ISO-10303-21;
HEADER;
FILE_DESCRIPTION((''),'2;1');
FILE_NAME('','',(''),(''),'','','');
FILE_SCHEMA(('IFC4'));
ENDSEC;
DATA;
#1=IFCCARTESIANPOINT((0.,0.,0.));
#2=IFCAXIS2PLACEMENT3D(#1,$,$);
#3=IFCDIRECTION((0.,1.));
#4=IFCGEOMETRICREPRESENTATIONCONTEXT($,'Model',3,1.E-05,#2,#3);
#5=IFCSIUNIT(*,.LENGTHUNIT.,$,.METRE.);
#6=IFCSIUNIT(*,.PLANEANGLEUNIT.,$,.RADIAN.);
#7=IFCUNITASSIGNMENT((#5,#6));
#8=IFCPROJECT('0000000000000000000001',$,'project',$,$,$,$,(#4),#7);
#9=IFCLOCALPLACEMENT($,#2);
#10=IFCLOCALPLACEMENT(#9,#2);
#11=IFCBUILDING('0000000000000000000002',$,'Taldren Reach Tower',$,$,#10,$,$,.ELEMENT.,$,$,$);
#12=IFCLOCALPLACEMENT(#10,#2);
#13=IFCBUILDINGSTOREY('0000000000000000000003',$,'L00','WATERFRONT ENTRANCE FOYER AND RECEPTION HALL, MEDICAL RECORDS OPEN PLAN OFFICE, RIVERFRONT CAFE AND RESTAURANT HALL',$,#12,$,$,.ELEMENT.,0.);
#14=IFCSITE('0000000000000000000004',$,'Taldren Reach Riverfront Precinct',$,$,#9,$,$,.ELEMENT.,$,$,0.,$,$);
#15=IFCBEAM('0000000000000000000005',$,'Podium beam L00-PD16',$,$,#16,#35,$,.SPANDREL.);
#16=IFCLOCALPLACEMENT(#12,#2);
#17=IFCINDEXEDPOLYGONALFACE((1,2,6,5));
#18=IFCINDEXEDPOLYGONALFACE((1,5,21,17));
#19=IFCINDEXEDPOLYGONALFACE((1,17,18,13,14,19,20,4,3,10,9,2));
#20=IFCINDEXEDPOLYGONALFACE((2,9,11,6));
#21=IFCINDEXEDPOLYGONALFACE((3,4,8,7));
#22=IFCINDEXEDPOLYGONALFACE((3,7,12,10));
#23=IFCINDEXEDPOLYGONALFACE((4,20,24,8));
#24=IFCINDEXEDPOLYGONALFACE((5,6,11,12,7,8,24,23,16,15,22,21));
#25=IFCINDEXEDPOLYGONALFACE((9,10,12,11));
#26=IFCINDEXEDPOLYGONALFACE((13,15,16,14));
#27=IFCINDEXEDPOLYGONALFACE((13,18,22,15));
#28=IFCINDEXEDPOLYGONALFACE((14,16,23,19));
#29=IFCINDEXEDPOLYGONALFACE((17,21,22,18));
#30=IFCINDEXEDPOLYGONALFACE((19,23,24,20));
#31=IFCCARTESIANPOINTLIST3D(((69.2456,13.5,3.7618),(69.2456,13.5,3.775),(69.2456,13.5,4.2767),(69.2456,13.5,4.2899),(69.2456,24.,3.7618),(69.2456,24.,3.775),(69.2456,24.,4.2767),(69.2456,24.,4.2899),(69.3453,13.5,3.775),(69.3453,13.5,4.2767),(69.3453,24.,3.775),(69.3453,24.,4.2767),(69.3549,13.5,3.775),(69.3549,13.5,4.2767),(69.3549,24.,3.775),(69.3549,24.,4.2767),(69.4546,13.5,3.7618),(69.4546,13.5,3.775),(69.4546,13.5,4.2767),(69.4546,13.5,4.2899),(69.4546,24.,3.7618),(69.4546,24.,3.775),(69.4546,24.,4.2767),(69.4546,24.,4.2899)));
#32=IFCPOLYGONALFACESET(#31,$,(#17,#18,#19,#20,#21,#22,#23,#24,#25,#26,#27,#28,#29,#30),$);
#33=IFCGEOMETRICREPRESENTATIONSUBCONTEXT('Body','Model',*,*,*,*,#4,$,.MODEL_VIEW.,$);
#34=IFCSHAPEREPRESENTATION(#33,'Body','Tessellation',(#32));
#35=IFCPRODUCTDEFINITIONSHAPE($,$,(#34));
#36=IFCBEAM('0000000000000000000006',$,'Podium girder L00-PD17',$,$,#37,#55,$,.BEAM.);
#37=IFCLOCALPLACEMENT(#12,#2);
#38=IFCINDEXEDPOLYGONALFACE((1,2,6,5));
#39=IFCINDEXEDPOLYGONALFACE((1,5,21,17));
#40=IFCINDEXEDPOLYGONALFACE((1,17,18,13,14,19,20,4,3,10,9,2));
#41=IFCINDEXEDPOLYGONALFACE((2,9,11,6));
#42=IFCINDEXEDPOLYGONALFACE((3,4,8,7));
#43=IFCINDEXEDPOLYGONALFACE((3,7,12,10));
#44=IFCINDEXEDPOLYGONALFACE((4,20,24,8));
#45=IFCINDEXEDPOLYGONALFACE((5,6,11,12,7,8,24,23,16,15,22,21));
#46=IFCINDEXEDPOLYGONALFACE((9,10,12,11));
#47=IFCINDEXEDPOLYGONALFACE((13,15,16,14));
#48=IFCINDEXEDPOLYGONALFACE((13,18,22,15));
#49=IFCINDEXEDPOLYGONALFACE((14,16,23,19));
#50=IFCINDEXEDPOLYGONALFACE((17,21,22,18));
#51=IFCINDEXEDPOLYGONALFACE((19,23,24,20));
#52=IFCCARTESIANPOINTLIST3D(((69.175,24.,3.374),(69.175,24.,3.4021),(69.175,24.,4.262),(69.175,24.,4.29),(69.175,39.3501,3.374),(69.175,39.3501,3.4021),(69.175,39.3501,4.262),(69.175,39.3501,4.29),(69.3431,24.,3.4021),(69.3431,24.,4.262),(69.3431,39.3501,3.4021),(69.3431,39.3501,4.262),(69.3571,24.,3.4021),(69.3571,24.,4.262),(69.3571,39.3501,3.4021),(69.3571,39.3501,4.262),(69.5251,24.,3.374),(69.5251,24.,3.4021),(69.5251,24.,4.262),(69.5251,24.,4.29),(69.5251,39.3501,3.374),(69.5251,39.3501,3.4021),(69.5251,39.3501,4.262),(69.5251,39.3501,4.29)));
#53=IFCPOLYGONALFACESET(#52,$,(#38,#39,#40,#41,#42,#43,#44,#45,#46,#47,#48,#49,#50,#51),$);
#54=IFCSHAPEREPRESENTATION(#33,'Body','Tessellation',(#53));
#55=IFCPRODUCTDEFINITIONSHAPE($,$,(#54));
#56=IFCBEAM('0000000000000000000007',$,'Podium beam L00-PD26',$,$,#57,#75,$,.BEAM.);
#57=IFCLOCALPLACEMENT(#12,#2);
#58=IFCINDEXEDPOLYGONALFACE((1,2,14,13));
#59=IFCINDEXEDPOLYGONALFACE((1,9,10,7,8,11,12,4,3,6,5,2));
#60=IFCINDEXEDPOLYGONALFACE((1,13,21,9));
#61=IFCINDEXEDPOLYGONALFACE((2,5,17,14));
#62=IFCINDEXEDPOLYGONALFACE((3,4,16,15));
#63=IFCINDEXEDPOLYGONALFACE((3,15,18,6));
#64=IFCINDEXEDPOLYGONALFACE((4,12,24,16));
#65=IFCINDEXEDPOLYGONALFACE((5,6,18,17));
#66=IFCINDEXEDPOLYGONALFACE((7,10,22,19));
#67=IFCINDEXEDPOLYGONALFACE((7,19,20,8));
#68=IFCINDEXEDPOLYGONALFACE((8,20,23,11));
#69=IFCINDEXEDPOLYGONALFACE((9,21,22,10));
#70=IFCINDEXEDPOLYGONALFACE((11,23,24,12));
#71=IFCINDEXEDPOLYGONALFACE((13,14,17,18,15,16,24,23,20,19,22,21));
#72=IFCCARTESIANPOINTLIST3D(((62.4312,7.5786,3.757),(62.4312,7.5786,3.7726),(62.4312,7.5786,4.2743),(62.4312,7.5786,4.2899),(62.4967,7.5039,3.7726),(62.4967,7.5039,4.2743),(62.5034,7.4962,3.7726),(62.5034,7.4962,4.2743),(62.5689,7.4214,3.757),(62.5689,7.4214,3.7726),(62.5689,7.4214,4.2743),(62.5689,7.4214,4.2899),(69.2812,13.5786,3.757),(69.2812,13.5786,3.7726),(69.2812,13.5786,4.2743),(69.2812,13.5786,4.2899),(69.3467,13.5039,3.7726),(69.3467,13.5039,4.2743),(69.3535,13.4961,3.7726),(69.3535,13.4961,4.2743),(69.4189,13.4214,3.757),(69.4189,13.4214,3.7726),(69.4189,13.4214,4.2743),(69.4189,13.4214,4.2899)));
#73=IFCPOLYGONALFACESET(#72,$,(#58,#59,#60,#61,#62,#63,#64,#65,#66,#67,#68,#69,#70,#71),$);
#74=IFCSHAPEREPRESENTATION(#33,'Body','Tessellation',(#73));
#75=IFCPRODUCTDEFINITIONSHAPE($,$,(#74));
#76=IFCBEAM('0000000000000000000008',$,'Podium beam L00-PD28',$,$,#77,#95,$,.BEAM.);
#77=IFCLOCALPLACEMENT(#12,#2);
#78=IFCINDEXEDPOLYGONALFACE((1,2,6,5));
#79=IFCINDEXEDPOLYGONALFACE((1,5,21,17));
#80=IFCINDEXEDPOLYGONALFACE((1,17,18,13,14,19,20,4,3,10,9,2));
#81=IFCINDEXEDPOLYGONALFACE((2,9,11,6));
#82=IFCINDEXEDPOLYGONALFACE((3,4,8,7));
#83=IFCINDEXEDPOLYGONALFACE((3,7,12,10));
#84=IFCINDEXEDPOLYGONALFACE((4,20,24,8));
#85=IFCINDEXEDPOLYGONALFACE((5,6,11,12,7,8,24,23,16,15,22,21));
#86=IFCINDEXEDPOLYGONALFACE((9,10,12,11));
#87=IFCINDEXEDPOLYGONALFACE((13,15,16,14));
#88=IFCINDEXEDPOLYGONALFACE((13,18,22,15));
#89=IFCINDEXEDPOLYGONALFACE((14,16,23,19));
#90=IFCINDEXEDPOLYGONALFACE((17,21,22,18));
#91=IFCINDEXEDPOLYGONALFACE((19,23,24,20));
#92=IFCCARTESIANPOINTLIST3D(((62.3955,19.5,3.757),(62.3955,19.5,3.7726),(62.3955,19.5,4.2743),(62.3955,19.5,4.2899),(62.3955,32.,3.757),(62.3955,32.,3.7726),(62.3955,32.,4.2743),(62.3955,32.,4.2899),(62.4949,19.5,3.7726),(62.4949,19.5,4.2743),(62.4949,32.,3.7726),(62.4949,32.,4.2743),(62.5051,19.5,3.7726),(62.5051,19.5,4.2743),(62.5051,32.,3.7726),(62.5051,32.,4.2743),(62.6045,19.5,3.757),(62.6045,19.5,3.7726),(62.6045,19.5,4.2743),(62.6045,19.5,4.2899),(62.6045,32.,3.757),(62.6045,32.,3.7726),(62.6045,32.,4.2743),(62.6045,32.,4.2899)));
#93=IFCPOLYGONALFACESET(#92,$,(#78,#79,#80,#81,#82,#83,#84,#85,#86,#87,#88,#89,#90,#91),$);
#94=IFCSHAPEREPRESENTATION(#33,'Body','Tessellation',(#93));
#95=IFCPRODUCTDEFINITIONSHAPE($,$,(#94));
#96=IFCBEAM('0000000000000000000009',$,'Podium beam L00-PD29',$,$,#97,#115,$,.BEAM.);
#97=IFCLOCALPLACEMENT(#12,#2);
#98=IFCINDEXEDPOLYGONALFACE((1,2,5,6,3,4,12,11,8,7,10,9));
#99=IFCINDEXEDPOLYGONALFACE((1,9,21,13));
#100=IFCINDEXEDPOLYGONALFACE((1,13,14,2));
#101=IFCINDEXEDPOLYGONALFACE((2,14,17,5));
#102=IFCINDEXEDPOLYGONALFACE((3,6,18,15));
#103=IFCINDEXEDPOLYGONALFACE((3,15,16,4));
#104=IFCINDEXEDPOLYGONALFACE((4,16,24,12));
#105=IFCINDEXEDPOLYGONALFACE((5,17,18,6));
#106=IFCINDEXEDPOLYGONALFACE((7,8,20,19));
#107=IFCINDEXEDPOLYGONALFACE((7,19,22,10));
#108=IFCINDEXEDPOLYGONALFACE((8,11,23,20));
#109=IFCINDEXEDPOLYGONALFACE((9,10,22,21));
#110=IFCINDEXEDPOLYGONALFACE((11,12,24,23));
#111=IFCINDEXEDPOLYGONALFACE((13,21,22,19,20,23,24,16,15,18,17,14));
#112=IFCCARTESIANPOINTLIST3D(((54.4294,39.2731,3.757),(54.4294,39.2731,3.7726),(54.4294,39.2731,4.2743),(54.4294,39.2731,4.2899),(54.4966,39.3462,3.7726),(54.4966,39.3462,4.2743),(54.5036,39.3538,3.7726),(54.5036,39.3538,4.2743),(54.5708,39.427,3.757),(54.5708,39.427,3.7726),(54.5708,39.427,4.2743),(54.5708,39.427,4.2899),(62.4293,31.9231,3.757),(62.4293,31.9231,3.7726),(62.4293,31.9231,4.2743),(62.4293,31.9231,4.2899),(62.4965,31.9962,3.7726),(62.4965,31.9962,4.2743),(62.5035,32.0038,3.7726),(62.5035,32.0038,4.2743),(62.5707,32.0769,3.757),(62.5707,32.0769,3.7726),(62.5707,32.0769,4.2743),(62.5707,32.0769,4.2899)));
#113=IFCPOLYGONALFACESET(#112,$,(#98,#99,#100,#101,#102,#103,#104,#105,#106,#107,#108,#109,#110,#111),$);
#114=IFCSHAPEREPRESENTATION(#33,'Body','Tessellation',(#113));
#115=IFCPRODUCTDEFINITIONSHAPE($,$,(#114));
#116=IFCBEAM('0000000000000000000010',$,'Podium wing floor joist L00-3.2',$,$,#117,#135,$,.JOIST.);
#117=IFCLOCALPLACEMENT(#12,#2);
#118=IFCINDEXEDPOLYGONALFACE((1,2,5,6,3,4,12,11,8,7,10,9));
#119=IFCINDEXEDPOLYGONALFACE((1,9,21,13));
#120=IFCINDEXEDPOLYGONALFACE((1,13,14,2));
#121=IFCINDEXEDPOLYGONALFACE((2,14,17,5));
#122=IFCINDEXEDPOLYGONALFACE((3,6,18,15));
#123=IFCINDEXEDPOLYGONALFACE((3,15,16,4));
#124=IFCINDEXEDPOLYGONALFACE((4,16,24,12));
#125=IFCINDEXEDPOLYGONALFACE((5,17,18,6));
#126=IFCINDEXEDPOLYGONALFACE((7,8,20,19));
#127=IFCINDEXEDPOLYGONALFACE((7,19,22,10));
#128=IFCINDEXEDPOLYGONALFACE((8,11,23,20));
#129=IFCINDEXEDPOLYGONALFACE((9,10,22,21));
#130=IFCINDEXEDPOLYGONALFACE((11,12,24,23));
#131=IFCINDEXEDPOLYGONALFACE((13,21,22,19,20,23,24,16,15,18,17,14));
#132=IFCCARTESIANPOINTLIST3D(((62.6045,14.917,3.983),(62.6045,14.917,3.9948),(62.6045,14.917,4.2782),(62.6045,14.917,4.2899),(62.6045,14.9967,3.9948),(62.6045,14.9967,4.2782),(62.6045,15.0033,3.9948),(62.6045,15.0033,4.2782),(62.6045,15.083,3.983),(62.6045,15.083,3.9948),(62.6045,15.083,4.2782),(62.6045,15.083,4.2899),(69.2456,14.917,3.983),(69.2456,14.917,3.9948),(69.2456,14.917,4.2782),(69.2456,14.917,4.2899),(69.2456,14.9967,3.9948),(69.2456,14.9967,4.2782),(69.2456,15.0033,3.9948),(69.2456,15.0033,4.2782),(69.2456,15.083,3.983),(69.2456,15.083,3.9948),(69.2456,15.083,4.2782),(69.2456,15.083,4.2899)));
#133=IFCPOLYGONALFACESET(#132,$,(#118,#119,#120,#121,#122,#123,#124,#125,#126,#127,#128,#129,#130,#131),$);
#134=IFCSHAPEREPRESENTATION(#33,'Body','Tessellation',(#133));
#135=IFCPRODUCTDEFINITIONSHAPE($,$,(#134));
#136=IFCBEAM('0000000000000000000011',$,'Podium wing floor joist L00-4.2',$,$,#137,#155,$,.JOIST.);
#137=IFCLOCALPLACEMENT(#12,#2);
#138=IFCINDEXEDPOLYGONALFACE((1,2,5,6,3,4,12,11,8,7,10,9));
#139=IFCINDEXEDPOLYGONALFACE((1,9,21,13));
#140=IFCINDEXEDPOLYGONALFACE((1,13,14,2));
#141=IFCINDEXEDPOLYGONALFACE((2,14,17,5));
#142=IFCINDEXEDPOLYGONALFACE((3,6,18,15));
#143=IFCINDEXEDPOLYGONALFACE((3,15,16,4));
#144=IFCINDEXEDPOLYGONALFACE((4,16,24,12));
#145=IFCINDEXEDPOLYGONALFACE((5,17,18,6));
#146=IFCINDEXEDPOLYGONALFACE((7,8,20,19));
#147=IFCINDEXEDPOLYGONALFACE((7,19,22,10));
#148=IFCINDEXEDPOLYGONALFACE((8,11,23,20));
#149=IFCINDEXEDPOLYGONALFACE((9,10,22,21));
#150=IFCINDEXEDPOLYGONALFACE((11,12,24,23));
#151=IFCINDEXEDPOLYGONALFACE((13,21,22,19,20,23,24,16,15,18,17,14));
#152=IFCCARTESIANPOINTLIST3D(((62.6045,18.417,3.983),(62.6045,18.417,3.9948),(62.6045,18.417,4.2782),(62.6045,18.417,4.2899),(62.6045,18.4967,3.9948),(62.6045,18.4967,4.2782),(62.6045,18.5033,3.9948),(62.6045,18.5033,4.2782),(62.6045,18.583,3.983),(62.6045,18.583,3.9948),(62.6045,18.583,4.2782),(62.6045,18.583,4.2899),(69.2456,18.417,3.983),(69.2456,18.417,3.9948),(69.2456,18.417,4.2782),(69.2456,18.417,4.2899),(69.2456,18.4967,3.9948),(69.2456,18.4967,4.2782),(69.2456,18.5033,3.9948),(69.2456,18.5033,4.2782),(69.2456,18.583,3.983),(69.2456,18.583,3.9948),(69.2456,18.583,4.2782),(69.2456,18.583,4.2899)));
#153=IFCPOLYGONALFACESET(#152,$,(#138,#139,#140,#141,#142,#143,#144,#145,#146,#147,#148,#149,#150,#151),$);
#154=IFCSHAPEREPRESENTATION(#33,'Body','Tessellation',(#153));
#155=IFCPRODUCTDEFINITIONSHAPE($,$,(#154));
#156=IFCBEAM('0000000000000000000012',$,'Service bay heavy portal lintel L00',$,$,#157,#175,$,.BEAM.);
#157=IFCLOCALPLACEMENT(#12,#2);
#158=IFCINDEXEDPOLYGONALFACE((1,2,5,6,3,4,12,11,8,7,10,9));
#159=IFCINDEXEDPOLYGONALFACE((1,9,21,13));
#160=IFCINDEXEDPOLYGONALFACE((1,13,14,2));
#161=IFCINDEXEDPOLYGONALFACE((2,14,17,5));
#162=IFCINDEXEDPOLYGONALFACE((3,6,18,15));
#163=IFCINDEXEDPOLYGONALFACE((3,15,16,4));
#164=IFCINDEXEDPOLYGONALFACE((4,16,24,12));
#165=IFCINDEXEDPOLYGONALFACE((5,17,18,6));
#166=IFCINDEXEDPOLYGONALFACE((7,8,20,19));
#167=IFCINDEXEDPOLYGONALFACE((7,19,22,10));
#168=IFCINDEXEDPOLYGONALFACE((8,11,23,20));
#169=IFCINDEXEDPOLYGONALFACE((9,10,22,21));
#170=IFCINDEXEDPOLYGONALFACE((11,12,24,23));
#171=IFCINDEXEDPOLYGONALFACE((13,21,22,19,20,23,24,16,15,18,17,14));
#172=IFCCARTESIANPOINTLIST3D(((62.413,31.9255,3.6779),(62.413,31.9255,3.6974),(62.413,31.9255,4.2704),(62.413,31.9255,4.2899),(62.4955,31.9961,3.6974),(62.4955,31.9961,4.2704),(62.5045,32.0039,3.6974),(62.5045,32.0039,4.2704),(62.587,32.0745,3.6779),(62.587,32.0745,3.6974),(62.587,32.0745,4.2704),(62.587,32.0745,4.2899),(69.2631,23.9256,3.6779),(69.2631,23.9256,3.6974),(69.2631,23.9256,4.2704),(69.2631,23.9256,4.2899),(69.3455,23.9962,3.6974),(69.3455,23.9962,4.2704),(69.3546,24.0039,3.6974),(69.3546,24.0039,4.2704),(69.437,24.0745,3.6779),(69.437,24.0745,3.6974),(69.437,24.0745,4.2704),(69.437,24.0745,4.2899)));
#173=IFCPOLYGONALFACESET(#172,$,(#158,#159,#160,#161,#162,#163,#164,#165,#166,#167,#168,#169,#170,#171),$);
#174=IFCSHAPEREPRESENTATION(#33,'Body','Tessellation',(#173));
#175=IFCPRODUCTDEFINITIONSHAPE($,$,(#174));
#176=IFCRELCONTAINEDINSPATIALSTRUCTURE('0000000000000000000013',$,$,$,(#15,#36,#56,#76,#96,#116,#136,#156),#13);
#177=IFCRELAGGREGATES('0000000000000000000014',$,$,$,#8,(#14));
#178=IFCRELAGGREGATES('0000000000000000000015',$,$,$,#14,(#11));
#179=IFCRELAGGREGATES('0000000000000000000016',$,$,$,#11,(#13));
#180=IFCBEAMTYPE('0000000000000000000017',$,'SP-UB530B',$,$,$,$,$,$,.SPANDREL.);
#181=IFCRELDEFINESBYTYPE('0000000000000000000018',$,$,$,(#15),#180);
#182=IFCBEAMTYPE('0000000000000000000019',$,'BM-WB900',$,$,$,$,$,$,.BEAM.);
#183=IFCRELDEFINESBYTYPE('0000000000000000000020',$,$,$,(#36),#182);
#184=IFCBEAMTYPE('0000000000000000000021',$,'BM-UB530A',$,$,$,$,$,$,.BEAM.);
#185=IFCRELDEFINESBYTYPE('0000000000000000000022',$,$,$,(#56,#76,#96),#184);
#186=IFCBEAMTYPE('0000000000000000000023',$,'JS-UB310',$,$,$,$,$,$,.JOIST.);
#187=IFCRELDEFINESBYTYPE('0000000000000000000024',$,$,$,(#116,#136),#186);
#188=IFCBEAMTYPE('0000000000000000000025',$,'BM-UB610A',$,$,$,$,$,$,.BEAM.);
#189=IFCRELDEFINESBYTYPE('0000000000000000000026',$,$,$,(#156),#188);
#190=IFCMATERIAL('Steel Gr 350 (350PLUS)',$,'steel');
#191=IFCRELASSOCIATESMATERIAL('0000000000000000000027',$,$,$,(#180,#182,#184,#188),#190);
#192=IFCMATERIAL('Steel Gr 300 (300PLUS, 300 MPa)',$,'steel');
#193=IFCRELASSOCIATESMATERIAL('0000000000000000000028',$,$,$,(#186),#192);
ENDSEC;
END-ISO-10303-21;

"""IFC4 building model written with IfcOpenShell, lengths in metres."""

from ifc_helpers import new_model, si_unit, direction, frame, origin, origin_2d, place, context, subcontext, project, spatial, i_section, extrude, source, transform, mapped, material, material_profile, profile_set, type_object, element, save


model = new_model("IFC4")

# Units and contexts
model_context = context("Model", 3, precision=1e-05, world=origin(), true_north=direction((0.0, 1.0)))
body_context = subcontext(model_context, "Body", "Model", "MODEL_VIEW")
ifc_project = project(units=[si_unit("LENGTHUNIT", "METRE"), si_unit("PLANEANGLEUNIT", "RADIAN")], contexts=[model_context])

# Site, building, storey
site_placement = place(None, origin())
site = spatial("IfcSite", under=ifc_project, at=site_placement, Name="Taldren Reach Riverfront Precinct", CompositionType="ELEMENT", RefElevation=0.0)
building_placement = place(site_placement, origin())
building = spatial("IfcBuilding", under=site, at=building_placement, Name="Taldren Reach Tower", CompositionType="ELEMENT")
storey_placement = place(building_placement, origin())
storey = spatial("IfcBuildingStorey", under=building, at=storey_placement, Name="L00", Description="WATERFRONT ENTRANCE FOYER AND RECEPTION HALL, MEDICAL RECORDS OPEN PLAN OFFICE, RIVERFRONT CAFE AND RESTAURANT HALL", CompositionType="ELEMENT", Elevation=0.0)

# Shared definitions
ifc_material_1 = material(Name="Steel Gr 350 (350PLUS)", Category="steel")

# Beams
ifc_material_profile_1 = material_profile(ifc_material_1, i_section(OverallWidth=0.209, OverallDepth=0.5281, WebThickness=0.0095, FlangeThickness=0.0132, at=origin_2d()), Name="530UB82.0")
ifc_profile_set_1 = profile_set([ifc_material_profile_1], Name="Steel Gr 350 (350PLUS)")
beam_type_1 = type_object("IfcBeamType", Name="SP-UB530B", PredefinedType="SPANDREL", material=ifc_profile_set_1)
shared_shape_1 = source(origin(), body_context, "Body", "SweptSolid", [
    extrude(i_section(OverallWidth=0.209, OverallDepth=0.5281, WebThickness=0.0095, FlangeThickness=0.0132, at=origin_2d()), origin(), (0.0, 0.0, 1.0), 10.5),
])
beam_1_placement = place(storey_placement, frame((69.3501, 13.5, 4.0259), z_axis=(0.0, 1.0, 0.0), x_axis=(-1.0, 0.0, 0.0)))
element("IfcBeam", 1, at=beam_1_placement, inside=storey, type_object=beam_type_1, Name="Podium beam L00-PD16", PredefinedType="SPANDREL", context=body_context, shape_type="MappedRepresentation", body=[
    mapped(shared_shape_1, transform((0.0, 0.0, 0.0), scale=1.0)),
])
ifc_material_profile_2 = material_profile(ifc_material_1, i_section(OverallWidth=0.3501, OverallDepth=0.916, WebThickness=0.0139, FlangeThickness=0.0281, at=origin_2d()), Name="900WB257")
ifc_profile_set_2 = profile_set([ifc_material_profile_2], Name="Steel Gr 350 (350PLUS)")
beam_type_2 = type_object("IfcBeamType", Name="BM-WB900", PredefinedType="BEAM", material=ifc_profile_set_2)
shared_shape_2 = source(origin(), body_context, "Body", "SweptSolid", [
    extrude(i_section(OverallWidth=0.3501, OverallDepth=0.916, WebThickness=0.0139, FlangeThickness=0.0281, at=origin_2d()), origin(), (0.0, 0.0, 1.0), 15.3501),
])
beam_2_placement = place(storey_placement, frame((69.3501, 24.0, 3.832), z_axis=(0.0, 1.0, 0.0), x_axis=(-1.0, 0.0, 0.0)))
element("IfcBeam", 2, at=beam_2_placement, inside=storey, type_object=beam_type_2, Name="Podium girder L00-PD17", PredefinedType="BEAM", context=body_context, shape_type="MappedRepresentation", body=[
    mapped(shared_shape_2, transform((0.0, 0.0, 0.0), scale=1.0)),
])
ifc_material_profile_3 = material_profile(ifc_material_1, i_section(OverallWidth=0.209, OverallDepth=0.533, WebThickness=0.0103, FlangeThickness=0.0156, at=origin_2d()), Name="530UB92.4")
ifc_profile_set_3 = profile_set([ifc_material_profile_3], Name="Steel Gr 350 (350PLUS)")
beam_type_3 = type_object("IfcBeamType", Name="BM-UB530A", PredefinedType="BEAM", material=ifc_profile_set_3)
shared_shape_3 = source(origin(), body_context, "Body", "SweptSolid", [
    extrude(i_section(OverallWidth=0.209, OverallDepth=0.533, WebThickness=0.0103, FlangeThickness=0.0156, at=origin_2d()), origin(), (0.0, 0.0, 1.0), 9.1062),
])
beam_3_placement = place(storey_placement, frame((69.3501, 13.5, 4.0234), z_axis=(-0.752241, -0.658888, 0.0), x_axis=(0.658888, -0.752241, 0.0)))
element("IfcBeam", 3, at=beam_3_placement, inside=storey, type_object=beam_type_3, Name="Podium beam L00-PD26", PredefinedType="BEAM", context=body_context, shape_type="MappedRepresentation", body=[
    mapped(shared_shape_3, transform((0.0, 0.0, 0.0), scale=1.0)),
])
shared_shape_4 = source(origin(), body_context, "Body", "SweptSolid", [
    extrude(i_section(OverallWidth=0.209, OverallDepth=0.533, WebThickness=0.0103, FlangeThickness=0.0156, at=origin_2d()), origin(), (0.0, 0.0, 1.0), 12.5),
])
beam_4_placement = place(storey_placement, frame((62.5, 19.5, 4.0234), z_axis=(0.0, 1.0, 0.0), x_axis=(-1.0, 0.0, 0.0)))
element("IfcBeam", 4, at=beam_4_placement, inside=storey, type_object=beam_type_3, Name="Podium beam L00-PD28", PredefinedType="BEAM", context=body_context, shape_type="MappedRepresentation", body=[
    mapped(shared_shape_4, transform((0.0, 0.0, 0.0), scale=1.0)),
])
shared_shape_5 = source(origin(), body_context, "Body", "SweptSolid", [
    extrude(i_section(OverallWidth=0.209, OverallDepth=0.533, WebThickness=0.0103, FlangeThickness=0.0156, at=origin_2d()), origin(), (0.0, 0.0, 1.0), 10.8638),
])
beam_5_placement = place(storey_placement, frame((62.5, 32.0, 4.0234), z_axis=(-0.736385, 0.676563, 0.0), x_axis=(-0.676563, -0.736385, 0.0)))
element("IfcBeam", 5, at=beam_5_placement, inside=storey, type_object=beam_type_3, Name="Podium beam L00-PD29", PredefinedType="BEAM", context=body_context, shape_type="MappedRepresentation", body=[
    mapped(shared_shape_5, transform((0.0, 0.0, 0.0), scale=1.0)),
])
ifc_material_2 = material(Name="Steel Gr 300 (300PLUS, 300 MPa)", Category="steel")
ifc_material_profile_4 = material_profile(ifc_material_2, i_section(OverallWidth=0.166, OverallDepth=0.3069, WebThickness=0.0066, FlangeThickness=0.0117, at=origin_2d()), Name="310UB46.2")
ifc_profile_set_4 = profile_set([ifc_material_profile_4], Name="Steel Gr 300 (300PLUS, 300 MPa)")
beam_type_4 = type_object("IfcBeamType", Name="JS-UB310", PredefinedType="JOIST", material=ifc_profile_set_4)
shared_shape_6 = source(origin(), body_context, "Body", "SweptSolid", [
    extrude(i_section(OverallWidth=0.166, OverallDepth=0.3069, WebThickness=0.0066, FlangeThickness=0.0117, at=origin_2d()), origin(), (0.0, 0.0, 1.0), 6.6411),
])
for number, where, z_axis, x_axis, name in (
    (6, (62.6045, 15.0, 4.1365), (1.0, 0.0, 0.0), (0.0, 1.0, 0.0), "Podium wing floor joist L00-3.2"),
    (7, (62.6045, 18.5, 4.1365), (1.0, 0.0, 0.0), (0.0, 1.0, 0.0), "Podium wing floor joist L00-4.2"),
):
    element("IfcBeam", number, at=place(storey_placement, frame(where, z_axis=z_axis, x_axis=x_axis)), inside=storey, type_object=beam_type_4, Name=name, PredefinedType="JOIST", context=body_context, shape_type="MappedRepresentation", body=[
        mapped(shared_shape_6, transform((0.0, 0.0, 0.0), scale=1.0)),
    ])
ifc_material_profile_5 = material_profile(ifc_material_1, i_section(OverallWidth=0.229, OverallDepth=0.6121, WebThickness=0.012, FlangeThickness=0.0195, at=origin_2d()), Name="610UB125")
ifc_profile_set_5 = profile_set([ifc_material_profile_5], Name="Steel Gr 350 (350PLUS)")
beam_type_5 = type_object("IfcBeamType", Name="BM-UB610A", PredefinedType="BEAM", material=ifc_profile_set_5)
shared_shape_7 = source(origin(), body_context, "Body", "SweptSolid", [
    extrude(i_section(OverallWidth=0.229, OverallDepth=0.6121, WebThickness=0.012, FlangeThickness=0.0195, at=origin_2d()), origin(), (0.0, 0.0, 1.0), 10.532),
])
beam_6_placement = place(storey_placement, frame((62.5, 32.0, 3.9839), z_axis=(0.650406, -0.759587, 0.0), x_axis=(0.759587, 0.650406, 0.0)))
element("IfcBeam", 8, at=beam_6_placement, inside=storey, type_object=beam_type_5, Name="Service bay heavy portal lintel L00", PredefinedType="BEAM", context=body_context, shape_type="MappedRepresentation", body=[
    mapped(shared_shape_7, transform((0.0, 0.0, 0.0), scale=1.0)),
])

save(model, "model.ifc")
